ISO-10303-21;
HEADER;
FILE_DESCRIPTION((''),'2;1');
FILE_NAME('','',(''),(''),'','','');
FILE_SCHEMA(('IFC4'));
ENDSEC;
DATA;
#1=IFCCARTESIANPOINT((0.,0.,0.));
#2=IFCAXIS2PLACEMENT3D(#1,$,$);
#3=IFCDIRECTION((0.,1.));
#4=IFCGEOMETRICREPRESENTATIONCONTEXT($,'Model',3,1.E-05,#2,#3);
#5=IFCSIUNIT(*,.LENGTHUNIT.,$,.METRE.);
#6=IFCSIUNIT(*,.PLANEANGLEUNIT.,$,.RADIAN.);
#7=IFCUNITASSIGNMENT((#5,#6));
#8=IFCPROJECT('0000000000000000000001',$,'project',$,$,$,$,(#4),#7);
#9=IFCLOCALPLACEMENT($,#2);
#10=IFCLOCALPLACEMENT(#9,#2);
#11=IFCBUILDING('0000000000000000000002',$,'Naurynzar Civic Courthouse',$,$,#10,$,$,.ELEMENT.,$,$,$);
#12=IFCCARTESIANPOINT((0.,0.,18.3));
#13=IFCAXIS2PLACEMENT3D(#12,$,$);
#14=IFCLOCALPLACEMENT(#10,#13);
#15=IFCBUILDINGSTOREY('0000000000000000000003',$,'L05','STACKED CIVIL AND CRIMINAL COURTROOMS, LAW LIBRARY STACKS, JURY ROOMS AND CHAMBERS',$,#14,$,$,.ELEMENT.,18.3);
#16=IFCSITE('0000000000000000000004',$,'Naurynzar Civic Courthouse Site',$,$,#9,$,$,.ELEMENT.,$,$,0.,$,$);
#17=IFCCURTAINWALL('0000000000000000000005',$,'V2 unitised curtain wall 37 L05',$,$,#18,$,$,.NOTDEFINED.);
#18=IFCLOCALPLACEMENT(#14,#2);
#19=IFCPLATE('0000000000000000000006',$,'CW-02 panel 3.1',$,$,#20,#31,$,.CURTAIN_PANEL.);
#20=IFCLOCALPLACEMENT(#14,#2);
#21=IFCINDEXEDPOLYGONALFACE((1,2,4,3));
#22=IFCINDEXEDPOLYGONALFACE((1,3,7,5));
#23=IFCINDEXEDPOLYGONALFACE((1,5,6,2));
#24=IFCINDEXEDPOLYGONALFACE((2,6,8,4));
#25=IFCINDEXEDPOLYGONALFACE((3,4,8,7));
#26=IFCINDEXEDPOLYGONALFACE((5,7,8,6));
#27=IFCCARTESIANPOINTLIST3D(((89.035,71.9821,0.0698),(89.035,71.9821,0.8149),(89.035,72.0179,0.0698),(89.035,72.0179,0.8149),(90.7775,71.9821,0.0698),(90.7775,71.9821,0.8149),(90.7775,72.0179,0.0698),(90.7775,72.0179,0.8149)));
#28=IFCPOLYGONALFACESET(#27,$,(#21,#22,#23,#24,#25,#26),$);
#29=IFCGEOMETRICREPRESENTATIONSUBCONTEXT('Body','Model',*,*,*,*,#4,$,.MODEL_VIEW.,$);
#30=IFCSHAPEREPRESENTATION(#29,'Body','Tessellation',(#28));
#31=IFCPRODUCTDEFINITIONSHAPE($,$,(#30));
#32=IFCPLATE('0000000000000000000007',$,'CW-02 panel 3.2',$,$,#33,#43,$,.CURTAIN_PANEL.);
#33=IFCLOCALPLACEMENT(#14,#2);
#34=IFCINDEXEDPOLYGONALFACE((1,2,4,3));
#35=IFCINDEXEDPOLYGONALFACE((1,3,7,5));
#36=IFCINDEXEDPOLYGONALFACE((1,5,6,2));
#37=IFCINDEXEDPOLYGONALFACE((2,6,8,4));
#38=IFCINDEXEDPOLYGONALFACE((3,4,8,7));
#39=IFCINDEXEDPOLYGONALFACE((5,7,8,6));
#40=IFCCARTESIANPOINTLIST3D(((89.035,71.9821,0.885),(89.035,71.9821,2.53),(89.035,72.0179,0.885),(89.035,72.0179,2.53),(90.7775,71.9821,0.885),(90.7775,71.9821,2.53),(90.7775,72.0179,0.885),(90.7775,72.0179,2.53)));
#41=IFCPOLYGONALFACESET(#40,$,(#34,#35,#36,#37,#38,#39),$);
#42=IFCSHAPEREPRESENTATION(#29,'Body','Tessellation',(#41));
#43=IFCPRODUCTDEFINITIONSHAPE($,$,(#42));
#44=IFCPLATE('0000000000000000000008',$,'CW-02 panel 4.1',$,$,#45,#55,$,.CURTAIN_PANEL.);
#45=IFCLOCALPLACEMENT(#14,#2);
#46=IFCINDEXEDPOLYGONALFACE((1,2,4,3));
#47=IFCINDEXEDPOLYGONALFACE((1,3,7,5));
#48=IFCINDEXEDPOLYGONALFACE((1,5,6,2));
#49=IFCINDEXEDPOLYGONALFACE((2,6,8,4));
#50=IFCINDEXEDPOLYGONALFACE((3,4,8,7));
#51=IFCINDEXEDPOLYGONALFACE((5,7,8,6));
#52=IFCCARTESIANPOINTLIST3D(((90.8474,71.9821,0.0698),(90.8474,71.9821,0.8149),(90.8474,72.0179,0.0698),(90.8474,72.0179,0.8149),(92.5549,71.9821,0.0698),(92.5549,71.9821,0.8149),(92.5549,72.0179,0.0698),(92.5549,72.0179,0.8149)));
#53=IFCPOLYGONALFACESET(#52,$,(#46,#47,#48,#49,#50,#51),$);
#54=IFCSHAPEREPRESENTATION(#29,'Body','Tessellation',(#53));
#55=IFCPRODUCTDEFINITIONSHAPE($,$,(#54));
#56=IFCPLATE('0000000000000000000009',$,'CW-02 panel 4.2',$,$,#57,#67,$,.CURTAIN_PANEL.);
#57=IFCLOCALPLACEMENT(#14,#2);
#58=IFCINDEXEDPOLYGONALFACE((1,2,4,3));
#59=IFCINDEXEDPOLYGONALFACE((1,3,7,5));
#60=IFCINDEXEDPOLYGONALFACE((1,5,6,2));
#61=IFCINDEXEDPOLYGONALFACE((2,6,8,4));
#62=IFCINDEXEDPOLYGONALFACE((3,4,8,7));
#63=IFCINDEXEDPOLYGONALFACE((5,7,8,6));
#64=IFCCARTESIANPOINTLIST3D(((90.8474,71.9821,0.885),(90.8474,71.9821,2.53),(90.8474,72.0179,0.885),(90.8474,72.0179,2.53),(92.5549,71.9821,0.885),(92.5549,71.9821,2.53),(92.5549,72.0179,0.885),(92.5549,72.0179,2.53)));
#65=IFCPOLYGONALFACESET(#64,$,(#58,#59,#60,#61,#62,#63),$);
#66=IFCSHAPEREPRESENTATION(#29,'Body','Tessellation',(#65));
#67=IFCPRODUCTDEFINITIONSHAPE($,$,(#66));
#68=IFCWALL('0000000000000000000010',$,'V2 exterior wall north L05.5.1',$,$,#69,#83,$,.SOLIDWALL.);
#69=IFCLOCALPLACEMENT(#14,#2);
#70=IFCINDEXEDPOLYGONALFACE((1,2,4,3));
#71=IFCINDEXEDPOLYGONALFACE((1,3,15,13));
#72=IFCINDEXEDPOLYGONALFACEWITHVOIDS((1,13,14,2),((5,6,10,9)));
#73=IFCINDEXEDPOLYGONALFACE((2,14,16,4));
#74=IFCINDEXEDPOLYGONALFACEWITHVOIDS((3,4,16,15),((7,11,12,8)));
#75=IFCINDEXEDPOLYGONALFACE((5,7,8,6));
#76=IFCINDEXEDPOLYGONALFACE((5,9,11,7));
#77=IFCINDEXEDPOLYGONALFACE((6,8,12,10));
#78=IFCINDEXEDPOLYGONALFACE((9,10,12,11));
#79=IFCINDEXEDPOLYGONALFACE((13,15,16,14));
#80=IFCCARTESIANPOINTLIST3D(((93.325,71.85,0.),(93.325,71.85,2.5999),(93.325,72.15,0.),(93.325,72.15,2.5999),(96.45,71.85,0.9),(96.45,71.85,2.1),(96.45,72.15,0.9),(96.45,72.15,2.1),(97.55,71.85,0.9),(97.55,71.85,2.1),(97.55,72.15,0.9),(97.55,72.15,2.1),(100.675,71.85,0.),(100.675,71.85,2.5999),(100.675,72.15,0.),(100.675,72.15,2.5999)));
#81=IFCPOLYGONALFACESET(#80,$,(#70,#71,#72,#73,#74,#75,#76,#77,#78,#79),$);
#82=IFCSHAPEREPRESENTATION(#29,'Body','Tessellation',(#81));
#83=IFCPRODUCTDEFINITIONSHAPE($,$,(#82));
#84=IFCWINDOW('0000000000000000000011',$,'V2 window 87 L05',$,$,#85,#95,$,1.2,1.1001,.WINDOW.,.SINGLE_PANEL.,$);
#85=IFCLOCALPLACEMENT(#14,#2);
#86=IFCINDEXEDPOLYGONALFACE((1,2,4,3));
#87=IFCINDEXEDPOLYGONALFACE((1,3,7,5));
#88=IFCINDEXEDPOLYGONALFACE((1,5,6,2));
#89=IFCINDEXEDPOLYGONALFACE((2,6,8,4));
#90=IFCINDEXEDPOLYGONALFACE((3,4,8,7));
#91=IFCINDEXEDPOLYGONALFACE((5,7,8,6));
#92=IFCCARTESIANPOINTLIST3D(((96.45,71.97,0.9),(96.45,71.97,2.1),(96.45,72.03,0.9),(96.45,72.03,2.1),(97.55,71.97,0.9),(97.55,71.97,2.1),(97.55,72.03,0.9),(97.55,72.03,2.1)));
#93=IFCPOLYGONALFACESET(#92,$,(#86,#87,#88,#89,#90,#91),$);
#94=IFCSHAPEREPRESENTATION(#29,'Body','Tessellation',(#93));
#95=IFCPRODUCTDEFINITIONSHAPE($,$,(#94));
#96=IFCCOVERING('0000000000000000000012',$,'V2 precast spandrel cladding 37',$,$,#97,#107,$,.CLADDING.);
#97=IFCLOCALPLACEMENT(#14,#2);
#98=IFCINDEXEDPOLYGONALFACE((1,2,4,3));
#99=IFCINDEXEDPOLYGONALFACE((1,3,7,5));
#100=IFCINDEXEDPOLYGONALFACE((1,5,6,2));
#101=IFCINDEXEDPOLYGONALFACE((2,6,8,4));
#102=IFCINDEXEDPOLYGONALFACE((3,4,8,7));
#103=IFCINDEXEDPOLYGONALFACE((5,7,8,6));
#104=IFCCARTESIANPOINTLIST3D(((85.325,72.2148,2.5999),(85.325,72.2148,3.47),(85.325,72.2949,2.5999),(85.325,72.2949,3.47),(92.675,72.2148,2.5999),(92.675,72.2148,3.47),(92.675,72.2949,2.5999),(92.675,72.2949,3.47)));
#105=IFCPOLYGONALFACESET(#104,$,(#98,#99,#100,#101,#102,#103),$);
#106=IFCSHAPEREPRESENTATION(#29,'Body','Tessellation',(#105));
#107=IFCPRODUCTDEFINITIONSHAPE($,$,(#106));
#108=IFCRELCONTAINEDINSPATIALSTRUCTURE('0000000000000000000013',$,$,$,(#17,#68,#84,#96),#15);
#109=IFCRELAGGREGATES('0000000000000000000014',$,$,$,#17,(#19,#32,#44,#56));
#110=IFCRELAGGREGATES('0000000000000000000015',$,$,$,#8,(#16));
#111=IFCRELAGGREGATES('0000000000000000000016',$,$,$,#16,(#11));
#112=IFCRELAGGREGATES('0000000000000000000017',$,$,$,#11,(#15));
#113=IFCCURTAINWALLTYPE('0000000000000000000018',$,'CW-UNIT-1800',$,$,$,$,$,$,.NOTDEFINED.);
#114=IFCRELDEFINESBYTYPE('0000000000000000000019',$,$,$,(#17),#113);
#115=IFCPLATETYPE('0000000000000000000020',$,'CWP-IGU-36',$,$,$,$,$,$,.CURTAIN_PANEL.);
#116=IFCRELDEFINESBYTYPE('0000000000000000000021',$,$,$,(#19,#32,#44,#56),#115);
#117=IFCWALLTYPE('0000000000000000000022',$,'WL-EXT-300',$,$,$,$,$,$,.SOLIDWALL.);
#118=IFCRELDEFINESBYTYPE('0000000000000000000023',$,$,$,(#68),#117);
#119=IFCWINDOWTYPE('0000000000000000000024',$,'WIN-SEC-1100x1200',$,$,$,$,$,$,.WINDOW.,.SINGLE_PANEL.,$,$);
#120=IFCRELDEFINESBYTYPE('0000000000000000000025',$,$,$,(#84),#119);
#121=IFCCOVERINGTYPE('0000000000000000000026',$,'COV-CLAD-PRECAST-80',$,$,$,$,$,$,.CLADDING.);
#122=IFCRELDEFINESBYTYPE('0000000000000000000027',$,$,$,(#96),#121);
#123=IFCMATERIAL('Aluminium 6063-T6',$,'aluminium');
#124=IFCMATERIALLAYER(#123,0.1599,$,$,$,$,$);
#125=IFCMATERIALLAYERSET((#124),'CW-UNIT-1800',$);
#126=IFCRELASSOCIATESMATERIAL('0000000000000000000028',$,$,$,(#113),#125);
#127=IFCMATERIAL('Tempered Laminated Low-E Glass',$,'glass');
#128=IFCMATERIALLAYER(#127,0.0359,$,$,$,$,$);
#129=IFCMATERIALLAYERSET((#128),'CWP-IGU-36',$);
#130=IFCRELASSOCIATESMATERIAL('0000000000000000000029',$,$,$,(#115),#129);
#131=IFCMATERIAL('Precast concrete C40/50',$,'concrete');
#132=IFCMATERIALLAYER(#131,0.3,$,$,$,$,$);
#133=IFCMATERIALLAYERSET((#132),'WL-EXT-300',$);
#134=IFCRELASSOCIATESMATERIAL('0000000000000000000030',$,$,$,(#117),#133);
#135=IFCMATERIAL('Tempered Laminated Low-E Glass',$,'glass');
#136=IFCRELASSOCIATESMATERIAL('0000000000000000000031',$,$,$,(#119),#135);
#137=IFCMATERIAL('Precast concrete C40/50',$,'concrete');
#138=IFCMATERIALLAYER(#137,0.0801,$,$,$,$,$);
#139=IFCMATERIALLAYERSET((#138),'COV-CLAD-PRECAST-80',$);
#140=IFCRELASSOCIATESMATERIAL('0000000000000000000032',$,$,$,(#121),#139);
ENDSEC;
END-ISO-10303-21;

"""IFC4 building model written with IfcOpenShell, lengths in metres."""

from ifc_helpers import new_model, si_unit, direction, frame, frame_2d, origin, origin_2d, place, context, subcontext, project, spatial, rectangle, extrude, material, layer, layer_set, type_object, element, fill, aggregate, save


model = new_model("IFC4")

# Units and contexts
model_context = context("Model", 3, precision=1e-05, world=origin(), true_north=direction((0.0, 1.0)))
body_context = subcontext(model_context, "Body", "Model", "MODEL_VIEW")
ifc_project = project(units=[si_unit("LENGTHUNIT", "METRE"), si_unit("PLANEANGLEUNIT", "RADIAN")], contexts=[model_context])

# Site, building, storey
site_placement = place(None, origin())
site = spatial("IfcSite", under=ifc_project, at=site_placement, Name="Naurynzar Civic Courthouse Site", CompositionType="ELEMENT", RefElevation=0.0)
building_placement = place(site_placement, origin())
building = spatial("IfcBuilding", under=site, at=building_placement, Name="Naurynzar Civic Courthouse", CompositionType="ELEMENT")
storey_placement = place(building_placement, frame((0.0, 0.0, 18.3)))
storey = spatial("IfcBuildingStorey", under=building, at=storey_placement, Name="L05", Description="STACKED CIVIL AND CRIMINAL COURTROOMS, LAW LIBRARY STACKS, JURY ROOMS AND CHAMBERS", CompositionType="ELEMENT", Elevation=18.3)

# Curtain wall, plates
ifc_material_1 = material(Name="Aluminium 6063-T6", Category="aluminium")
ifc_layer_1 = layer(ifc_material_1, 0.1599)
ifc_layer_set_1 = layer_set([ifc_layer_1], Name="CW-UNIT-1800")
curtain_wall_type = type_object("IfcCurtainWallType", Name="CW-UNIT-1800", PredefinedType="NOTDEFINED", material=ifc_layer_set_1)
curtain_wall_placement = place(storey_placement, origin())
curtain_wall = element("IfcCurtainWall", 1, at=curtain_wall_placement, inside=storey, type_object=curtain_wall_type, Name="V2 unitised curtain wall 37 L05", PredefinedType="NOTDEFINED")
ifc_material_2 = material(Name="Tempered Laminated Low-E Glass", Category="glass")
ifc_layer_2 = layer(ifc_material_2, 0.0359)
ifc_layer_set_2 = layer_set([ifc_layer_2], Name="CWP-IGU-36")
plate_type = type_object("IfcPlateType", Name="CWP-IGU-36", PredefinedType="CURTAIN_PANEL", material=ifc_layer_set_2)
plate_1_placement = place(storey_placement, frame((89.9062, 72.0, 0.0698), z_axis=(0.0, 0.0, 1.0), x_axis=(1.0, 0.0, 0.0)))
plate_1 = element("IfcPlate", 2, at=plate_1_placement, type_object=plate_type, Name="CW-02 panel 3.1", PredefinedType="CURTAIN_PANEL", context=body_context, shape_type="SweptSolid", body=[
    extrude(rectangle(XDim=1.7424, YDim=0.0359, at=origin_2d()), origin(), (0.0, 0.0, 1.0), 0.7451),
])
plate_2_placement = place(storey_placement, frame((89.9062, 72.0, 0.885), z_axis=(0.0, 0.0, 1.0), x_axis=(1.0, 0.0, 0.0)))
plate_2 = element("IfcPlate", 3, at=plate_2_placement, type_object=plate_type, Name="CW-02 panel 3.2", PredefinedType="CURTAIN_PANEL", context=body_context, shape_type="SweptSolid", body=[
    extrude(rectangle(XDim=1.7424, YDim=0.0359, at=origin_2d()), origin(), (0.0, 0.0, 1.0), 1.645),
])
plate_3_placement = place(storey_placement, frame((91.7012, 72.0, 0.0698), z_axis=(0.0, 0.0, 1.0), x_axis=(1.0, 0.0, 0.0)))
plate_3 = element("IfcPlate", 4, at=plate_3_placement, type_object=plate_type, Name="CW-02 panel 4.1", PredefinedType="CURTAIN_PANEL", context=body_context, shape_type="SweptSolid", body=[
    extrude(rectangle(XDim=1.7075, YDim=0.0359, at=origin_2d()), origin(), (0.0, 0.0, 1.0), 0.7451),
])
plate_4_placement = place(storey_placement, frame((91.7012, 72.0, 0.885), z_axis=(0.0, 0.0, 1.0), x_axis=(1.0, 0.0, 0.0)))
plate_4 = element("IfcPlate", 5, at=plate_4_placement, type_object=plate_type, Name="CW-02 panel 4.2", PredefinedType="CURTAIN_PANEL", context=body_context, shape_type="SweptSolid", body=[
    extrude(rectangle(XDim=1.7075, YDim=0.0359, at=origin_2d()), origin(), (0.0, 0.0, 1.0), 1.645),
])
aggregate(curtain_wall, [plate_1, plate_2, plate_3, plate_4])

# Wall, opening, window
ifc_material_3 = material(Name="Precast concrete C40/50", Category="concrete")
ifc_layer_3 = layer(ifc_material_3, 0.3)
ifc_layer_set_3 = layer_set([ifc_layer_3], Name="WL-EXT-300")
wall_type = type_object("IfcWallType", Name="WL-EXT-300", PredefinedType="SOLIDWALL", material=ifc_layer_set_3)
wall_placement = place(storey_placement, frame((93.325, 72.0, 0.0), z_axis=(0.0, 0.0, 1.0), x_axis=(1.0, 0.0, 0.0)))
wall = element("IfcWall", 6, at=wall_placement, inside=storey, type_object=wall_type, Name="V2 exterior wall north L05.5.1", PredefinedType="SOLIDWALL", context=body_context, shape_type="SweptSolid", body=[
    extrude(rectangle(XDim=7.3501, YDim=0.3, at=frame_2d((3.675, 0.0))), origin(), (0.0, 0.0, 1.0), 2.5999),
])
opening_placement = place(wall_placement, frame((3.125, 0.0, 0.8999)))
opening = element("IfcOpeningElement", 7, at=opening_placement, cuts=wall, PredefinedType="OPENING", context=body_context, shape_type="SweptSolid", body=[
    extrude(rectangle(XDim=1.1001, YDim=1.2, at=frame_2d((0.55, 0.6001))), frame((0.0, 0.1599, 0.0), z_axis=(0.0, -1.0, 0.0), x_axis=(1.0, 0.0, 0.0)), (0.0, 0.0, 1.0), 0.3201),
])
ifc_material_4 = material(Name="Tempered Laminated Low-E Glass", Category="glass")
window_type = type_object("IfcWindowType", Name="WIN-SEC-1100x1200", PartitioningType="SINGLE_PANEL", PredefinedType="WINDOW", material=ifc_material_4)
window_placement = place(opening_placement, origin())
window = element("IfcWindow", 8, at=window_placement, inside=storey, type_object=window_type, Name="V2 window 87 L05", OverallHeight=1.2, OverallWidth=1.1001, PartitioningType="SINGLE_PANEL", PredefinedType="WINDOW", context=body_context, shape_type="SweptSolid", body=[
    extrude(rectangle(XDim=1.1001, YDim=1.2, at=frame_2d((0.55, 0.6001))), frame((0.0, 0.03, 0.0), z_axis=(0.0, -1.0, 0.0), x_axis=(1.0, 0.0, 0.0)), (0.0, 0.0, 1.0), 0.0601),
])
fill(opening, window)

# Covering
ifc_material_5 = material(Name="Precast concrete C40/50", Category="concrete")
ifc_layer_4 = layer(ifc_material_5, 0.0801)
ifc_layer_set_4 = layer_set([ifc_layer_4], Name="COV-CLAD-PRECAST-80")
covering_type = type_object("IfcCoveringType", Name="COV-CLAD-PRECAST-80", PredefinedType="CLADDING", material=ifc_layer_set_4)
covering_placement = place(storey_placement, frame((89.0, 72.2549, 2.5999), z_axis=(0.0, 0.0, 1.0), x_axis=(1.0, 0.0, 0.0)))
element("IfcCovering", 9, at=covering_placement, inside=storey, type_object=covering_type, Name="V2 precast spandrel cladding 37", PredefinedType="CLADDING", context=body_context, shape_type="SweptSolid", body=[
    extrude(rectangle(XDim=7.3501, YDim=0.0801, at=origin_2d()), origin(), (0.0, 0.0, 1.0), 0.8701),
])

save(model, "model.ifc")
